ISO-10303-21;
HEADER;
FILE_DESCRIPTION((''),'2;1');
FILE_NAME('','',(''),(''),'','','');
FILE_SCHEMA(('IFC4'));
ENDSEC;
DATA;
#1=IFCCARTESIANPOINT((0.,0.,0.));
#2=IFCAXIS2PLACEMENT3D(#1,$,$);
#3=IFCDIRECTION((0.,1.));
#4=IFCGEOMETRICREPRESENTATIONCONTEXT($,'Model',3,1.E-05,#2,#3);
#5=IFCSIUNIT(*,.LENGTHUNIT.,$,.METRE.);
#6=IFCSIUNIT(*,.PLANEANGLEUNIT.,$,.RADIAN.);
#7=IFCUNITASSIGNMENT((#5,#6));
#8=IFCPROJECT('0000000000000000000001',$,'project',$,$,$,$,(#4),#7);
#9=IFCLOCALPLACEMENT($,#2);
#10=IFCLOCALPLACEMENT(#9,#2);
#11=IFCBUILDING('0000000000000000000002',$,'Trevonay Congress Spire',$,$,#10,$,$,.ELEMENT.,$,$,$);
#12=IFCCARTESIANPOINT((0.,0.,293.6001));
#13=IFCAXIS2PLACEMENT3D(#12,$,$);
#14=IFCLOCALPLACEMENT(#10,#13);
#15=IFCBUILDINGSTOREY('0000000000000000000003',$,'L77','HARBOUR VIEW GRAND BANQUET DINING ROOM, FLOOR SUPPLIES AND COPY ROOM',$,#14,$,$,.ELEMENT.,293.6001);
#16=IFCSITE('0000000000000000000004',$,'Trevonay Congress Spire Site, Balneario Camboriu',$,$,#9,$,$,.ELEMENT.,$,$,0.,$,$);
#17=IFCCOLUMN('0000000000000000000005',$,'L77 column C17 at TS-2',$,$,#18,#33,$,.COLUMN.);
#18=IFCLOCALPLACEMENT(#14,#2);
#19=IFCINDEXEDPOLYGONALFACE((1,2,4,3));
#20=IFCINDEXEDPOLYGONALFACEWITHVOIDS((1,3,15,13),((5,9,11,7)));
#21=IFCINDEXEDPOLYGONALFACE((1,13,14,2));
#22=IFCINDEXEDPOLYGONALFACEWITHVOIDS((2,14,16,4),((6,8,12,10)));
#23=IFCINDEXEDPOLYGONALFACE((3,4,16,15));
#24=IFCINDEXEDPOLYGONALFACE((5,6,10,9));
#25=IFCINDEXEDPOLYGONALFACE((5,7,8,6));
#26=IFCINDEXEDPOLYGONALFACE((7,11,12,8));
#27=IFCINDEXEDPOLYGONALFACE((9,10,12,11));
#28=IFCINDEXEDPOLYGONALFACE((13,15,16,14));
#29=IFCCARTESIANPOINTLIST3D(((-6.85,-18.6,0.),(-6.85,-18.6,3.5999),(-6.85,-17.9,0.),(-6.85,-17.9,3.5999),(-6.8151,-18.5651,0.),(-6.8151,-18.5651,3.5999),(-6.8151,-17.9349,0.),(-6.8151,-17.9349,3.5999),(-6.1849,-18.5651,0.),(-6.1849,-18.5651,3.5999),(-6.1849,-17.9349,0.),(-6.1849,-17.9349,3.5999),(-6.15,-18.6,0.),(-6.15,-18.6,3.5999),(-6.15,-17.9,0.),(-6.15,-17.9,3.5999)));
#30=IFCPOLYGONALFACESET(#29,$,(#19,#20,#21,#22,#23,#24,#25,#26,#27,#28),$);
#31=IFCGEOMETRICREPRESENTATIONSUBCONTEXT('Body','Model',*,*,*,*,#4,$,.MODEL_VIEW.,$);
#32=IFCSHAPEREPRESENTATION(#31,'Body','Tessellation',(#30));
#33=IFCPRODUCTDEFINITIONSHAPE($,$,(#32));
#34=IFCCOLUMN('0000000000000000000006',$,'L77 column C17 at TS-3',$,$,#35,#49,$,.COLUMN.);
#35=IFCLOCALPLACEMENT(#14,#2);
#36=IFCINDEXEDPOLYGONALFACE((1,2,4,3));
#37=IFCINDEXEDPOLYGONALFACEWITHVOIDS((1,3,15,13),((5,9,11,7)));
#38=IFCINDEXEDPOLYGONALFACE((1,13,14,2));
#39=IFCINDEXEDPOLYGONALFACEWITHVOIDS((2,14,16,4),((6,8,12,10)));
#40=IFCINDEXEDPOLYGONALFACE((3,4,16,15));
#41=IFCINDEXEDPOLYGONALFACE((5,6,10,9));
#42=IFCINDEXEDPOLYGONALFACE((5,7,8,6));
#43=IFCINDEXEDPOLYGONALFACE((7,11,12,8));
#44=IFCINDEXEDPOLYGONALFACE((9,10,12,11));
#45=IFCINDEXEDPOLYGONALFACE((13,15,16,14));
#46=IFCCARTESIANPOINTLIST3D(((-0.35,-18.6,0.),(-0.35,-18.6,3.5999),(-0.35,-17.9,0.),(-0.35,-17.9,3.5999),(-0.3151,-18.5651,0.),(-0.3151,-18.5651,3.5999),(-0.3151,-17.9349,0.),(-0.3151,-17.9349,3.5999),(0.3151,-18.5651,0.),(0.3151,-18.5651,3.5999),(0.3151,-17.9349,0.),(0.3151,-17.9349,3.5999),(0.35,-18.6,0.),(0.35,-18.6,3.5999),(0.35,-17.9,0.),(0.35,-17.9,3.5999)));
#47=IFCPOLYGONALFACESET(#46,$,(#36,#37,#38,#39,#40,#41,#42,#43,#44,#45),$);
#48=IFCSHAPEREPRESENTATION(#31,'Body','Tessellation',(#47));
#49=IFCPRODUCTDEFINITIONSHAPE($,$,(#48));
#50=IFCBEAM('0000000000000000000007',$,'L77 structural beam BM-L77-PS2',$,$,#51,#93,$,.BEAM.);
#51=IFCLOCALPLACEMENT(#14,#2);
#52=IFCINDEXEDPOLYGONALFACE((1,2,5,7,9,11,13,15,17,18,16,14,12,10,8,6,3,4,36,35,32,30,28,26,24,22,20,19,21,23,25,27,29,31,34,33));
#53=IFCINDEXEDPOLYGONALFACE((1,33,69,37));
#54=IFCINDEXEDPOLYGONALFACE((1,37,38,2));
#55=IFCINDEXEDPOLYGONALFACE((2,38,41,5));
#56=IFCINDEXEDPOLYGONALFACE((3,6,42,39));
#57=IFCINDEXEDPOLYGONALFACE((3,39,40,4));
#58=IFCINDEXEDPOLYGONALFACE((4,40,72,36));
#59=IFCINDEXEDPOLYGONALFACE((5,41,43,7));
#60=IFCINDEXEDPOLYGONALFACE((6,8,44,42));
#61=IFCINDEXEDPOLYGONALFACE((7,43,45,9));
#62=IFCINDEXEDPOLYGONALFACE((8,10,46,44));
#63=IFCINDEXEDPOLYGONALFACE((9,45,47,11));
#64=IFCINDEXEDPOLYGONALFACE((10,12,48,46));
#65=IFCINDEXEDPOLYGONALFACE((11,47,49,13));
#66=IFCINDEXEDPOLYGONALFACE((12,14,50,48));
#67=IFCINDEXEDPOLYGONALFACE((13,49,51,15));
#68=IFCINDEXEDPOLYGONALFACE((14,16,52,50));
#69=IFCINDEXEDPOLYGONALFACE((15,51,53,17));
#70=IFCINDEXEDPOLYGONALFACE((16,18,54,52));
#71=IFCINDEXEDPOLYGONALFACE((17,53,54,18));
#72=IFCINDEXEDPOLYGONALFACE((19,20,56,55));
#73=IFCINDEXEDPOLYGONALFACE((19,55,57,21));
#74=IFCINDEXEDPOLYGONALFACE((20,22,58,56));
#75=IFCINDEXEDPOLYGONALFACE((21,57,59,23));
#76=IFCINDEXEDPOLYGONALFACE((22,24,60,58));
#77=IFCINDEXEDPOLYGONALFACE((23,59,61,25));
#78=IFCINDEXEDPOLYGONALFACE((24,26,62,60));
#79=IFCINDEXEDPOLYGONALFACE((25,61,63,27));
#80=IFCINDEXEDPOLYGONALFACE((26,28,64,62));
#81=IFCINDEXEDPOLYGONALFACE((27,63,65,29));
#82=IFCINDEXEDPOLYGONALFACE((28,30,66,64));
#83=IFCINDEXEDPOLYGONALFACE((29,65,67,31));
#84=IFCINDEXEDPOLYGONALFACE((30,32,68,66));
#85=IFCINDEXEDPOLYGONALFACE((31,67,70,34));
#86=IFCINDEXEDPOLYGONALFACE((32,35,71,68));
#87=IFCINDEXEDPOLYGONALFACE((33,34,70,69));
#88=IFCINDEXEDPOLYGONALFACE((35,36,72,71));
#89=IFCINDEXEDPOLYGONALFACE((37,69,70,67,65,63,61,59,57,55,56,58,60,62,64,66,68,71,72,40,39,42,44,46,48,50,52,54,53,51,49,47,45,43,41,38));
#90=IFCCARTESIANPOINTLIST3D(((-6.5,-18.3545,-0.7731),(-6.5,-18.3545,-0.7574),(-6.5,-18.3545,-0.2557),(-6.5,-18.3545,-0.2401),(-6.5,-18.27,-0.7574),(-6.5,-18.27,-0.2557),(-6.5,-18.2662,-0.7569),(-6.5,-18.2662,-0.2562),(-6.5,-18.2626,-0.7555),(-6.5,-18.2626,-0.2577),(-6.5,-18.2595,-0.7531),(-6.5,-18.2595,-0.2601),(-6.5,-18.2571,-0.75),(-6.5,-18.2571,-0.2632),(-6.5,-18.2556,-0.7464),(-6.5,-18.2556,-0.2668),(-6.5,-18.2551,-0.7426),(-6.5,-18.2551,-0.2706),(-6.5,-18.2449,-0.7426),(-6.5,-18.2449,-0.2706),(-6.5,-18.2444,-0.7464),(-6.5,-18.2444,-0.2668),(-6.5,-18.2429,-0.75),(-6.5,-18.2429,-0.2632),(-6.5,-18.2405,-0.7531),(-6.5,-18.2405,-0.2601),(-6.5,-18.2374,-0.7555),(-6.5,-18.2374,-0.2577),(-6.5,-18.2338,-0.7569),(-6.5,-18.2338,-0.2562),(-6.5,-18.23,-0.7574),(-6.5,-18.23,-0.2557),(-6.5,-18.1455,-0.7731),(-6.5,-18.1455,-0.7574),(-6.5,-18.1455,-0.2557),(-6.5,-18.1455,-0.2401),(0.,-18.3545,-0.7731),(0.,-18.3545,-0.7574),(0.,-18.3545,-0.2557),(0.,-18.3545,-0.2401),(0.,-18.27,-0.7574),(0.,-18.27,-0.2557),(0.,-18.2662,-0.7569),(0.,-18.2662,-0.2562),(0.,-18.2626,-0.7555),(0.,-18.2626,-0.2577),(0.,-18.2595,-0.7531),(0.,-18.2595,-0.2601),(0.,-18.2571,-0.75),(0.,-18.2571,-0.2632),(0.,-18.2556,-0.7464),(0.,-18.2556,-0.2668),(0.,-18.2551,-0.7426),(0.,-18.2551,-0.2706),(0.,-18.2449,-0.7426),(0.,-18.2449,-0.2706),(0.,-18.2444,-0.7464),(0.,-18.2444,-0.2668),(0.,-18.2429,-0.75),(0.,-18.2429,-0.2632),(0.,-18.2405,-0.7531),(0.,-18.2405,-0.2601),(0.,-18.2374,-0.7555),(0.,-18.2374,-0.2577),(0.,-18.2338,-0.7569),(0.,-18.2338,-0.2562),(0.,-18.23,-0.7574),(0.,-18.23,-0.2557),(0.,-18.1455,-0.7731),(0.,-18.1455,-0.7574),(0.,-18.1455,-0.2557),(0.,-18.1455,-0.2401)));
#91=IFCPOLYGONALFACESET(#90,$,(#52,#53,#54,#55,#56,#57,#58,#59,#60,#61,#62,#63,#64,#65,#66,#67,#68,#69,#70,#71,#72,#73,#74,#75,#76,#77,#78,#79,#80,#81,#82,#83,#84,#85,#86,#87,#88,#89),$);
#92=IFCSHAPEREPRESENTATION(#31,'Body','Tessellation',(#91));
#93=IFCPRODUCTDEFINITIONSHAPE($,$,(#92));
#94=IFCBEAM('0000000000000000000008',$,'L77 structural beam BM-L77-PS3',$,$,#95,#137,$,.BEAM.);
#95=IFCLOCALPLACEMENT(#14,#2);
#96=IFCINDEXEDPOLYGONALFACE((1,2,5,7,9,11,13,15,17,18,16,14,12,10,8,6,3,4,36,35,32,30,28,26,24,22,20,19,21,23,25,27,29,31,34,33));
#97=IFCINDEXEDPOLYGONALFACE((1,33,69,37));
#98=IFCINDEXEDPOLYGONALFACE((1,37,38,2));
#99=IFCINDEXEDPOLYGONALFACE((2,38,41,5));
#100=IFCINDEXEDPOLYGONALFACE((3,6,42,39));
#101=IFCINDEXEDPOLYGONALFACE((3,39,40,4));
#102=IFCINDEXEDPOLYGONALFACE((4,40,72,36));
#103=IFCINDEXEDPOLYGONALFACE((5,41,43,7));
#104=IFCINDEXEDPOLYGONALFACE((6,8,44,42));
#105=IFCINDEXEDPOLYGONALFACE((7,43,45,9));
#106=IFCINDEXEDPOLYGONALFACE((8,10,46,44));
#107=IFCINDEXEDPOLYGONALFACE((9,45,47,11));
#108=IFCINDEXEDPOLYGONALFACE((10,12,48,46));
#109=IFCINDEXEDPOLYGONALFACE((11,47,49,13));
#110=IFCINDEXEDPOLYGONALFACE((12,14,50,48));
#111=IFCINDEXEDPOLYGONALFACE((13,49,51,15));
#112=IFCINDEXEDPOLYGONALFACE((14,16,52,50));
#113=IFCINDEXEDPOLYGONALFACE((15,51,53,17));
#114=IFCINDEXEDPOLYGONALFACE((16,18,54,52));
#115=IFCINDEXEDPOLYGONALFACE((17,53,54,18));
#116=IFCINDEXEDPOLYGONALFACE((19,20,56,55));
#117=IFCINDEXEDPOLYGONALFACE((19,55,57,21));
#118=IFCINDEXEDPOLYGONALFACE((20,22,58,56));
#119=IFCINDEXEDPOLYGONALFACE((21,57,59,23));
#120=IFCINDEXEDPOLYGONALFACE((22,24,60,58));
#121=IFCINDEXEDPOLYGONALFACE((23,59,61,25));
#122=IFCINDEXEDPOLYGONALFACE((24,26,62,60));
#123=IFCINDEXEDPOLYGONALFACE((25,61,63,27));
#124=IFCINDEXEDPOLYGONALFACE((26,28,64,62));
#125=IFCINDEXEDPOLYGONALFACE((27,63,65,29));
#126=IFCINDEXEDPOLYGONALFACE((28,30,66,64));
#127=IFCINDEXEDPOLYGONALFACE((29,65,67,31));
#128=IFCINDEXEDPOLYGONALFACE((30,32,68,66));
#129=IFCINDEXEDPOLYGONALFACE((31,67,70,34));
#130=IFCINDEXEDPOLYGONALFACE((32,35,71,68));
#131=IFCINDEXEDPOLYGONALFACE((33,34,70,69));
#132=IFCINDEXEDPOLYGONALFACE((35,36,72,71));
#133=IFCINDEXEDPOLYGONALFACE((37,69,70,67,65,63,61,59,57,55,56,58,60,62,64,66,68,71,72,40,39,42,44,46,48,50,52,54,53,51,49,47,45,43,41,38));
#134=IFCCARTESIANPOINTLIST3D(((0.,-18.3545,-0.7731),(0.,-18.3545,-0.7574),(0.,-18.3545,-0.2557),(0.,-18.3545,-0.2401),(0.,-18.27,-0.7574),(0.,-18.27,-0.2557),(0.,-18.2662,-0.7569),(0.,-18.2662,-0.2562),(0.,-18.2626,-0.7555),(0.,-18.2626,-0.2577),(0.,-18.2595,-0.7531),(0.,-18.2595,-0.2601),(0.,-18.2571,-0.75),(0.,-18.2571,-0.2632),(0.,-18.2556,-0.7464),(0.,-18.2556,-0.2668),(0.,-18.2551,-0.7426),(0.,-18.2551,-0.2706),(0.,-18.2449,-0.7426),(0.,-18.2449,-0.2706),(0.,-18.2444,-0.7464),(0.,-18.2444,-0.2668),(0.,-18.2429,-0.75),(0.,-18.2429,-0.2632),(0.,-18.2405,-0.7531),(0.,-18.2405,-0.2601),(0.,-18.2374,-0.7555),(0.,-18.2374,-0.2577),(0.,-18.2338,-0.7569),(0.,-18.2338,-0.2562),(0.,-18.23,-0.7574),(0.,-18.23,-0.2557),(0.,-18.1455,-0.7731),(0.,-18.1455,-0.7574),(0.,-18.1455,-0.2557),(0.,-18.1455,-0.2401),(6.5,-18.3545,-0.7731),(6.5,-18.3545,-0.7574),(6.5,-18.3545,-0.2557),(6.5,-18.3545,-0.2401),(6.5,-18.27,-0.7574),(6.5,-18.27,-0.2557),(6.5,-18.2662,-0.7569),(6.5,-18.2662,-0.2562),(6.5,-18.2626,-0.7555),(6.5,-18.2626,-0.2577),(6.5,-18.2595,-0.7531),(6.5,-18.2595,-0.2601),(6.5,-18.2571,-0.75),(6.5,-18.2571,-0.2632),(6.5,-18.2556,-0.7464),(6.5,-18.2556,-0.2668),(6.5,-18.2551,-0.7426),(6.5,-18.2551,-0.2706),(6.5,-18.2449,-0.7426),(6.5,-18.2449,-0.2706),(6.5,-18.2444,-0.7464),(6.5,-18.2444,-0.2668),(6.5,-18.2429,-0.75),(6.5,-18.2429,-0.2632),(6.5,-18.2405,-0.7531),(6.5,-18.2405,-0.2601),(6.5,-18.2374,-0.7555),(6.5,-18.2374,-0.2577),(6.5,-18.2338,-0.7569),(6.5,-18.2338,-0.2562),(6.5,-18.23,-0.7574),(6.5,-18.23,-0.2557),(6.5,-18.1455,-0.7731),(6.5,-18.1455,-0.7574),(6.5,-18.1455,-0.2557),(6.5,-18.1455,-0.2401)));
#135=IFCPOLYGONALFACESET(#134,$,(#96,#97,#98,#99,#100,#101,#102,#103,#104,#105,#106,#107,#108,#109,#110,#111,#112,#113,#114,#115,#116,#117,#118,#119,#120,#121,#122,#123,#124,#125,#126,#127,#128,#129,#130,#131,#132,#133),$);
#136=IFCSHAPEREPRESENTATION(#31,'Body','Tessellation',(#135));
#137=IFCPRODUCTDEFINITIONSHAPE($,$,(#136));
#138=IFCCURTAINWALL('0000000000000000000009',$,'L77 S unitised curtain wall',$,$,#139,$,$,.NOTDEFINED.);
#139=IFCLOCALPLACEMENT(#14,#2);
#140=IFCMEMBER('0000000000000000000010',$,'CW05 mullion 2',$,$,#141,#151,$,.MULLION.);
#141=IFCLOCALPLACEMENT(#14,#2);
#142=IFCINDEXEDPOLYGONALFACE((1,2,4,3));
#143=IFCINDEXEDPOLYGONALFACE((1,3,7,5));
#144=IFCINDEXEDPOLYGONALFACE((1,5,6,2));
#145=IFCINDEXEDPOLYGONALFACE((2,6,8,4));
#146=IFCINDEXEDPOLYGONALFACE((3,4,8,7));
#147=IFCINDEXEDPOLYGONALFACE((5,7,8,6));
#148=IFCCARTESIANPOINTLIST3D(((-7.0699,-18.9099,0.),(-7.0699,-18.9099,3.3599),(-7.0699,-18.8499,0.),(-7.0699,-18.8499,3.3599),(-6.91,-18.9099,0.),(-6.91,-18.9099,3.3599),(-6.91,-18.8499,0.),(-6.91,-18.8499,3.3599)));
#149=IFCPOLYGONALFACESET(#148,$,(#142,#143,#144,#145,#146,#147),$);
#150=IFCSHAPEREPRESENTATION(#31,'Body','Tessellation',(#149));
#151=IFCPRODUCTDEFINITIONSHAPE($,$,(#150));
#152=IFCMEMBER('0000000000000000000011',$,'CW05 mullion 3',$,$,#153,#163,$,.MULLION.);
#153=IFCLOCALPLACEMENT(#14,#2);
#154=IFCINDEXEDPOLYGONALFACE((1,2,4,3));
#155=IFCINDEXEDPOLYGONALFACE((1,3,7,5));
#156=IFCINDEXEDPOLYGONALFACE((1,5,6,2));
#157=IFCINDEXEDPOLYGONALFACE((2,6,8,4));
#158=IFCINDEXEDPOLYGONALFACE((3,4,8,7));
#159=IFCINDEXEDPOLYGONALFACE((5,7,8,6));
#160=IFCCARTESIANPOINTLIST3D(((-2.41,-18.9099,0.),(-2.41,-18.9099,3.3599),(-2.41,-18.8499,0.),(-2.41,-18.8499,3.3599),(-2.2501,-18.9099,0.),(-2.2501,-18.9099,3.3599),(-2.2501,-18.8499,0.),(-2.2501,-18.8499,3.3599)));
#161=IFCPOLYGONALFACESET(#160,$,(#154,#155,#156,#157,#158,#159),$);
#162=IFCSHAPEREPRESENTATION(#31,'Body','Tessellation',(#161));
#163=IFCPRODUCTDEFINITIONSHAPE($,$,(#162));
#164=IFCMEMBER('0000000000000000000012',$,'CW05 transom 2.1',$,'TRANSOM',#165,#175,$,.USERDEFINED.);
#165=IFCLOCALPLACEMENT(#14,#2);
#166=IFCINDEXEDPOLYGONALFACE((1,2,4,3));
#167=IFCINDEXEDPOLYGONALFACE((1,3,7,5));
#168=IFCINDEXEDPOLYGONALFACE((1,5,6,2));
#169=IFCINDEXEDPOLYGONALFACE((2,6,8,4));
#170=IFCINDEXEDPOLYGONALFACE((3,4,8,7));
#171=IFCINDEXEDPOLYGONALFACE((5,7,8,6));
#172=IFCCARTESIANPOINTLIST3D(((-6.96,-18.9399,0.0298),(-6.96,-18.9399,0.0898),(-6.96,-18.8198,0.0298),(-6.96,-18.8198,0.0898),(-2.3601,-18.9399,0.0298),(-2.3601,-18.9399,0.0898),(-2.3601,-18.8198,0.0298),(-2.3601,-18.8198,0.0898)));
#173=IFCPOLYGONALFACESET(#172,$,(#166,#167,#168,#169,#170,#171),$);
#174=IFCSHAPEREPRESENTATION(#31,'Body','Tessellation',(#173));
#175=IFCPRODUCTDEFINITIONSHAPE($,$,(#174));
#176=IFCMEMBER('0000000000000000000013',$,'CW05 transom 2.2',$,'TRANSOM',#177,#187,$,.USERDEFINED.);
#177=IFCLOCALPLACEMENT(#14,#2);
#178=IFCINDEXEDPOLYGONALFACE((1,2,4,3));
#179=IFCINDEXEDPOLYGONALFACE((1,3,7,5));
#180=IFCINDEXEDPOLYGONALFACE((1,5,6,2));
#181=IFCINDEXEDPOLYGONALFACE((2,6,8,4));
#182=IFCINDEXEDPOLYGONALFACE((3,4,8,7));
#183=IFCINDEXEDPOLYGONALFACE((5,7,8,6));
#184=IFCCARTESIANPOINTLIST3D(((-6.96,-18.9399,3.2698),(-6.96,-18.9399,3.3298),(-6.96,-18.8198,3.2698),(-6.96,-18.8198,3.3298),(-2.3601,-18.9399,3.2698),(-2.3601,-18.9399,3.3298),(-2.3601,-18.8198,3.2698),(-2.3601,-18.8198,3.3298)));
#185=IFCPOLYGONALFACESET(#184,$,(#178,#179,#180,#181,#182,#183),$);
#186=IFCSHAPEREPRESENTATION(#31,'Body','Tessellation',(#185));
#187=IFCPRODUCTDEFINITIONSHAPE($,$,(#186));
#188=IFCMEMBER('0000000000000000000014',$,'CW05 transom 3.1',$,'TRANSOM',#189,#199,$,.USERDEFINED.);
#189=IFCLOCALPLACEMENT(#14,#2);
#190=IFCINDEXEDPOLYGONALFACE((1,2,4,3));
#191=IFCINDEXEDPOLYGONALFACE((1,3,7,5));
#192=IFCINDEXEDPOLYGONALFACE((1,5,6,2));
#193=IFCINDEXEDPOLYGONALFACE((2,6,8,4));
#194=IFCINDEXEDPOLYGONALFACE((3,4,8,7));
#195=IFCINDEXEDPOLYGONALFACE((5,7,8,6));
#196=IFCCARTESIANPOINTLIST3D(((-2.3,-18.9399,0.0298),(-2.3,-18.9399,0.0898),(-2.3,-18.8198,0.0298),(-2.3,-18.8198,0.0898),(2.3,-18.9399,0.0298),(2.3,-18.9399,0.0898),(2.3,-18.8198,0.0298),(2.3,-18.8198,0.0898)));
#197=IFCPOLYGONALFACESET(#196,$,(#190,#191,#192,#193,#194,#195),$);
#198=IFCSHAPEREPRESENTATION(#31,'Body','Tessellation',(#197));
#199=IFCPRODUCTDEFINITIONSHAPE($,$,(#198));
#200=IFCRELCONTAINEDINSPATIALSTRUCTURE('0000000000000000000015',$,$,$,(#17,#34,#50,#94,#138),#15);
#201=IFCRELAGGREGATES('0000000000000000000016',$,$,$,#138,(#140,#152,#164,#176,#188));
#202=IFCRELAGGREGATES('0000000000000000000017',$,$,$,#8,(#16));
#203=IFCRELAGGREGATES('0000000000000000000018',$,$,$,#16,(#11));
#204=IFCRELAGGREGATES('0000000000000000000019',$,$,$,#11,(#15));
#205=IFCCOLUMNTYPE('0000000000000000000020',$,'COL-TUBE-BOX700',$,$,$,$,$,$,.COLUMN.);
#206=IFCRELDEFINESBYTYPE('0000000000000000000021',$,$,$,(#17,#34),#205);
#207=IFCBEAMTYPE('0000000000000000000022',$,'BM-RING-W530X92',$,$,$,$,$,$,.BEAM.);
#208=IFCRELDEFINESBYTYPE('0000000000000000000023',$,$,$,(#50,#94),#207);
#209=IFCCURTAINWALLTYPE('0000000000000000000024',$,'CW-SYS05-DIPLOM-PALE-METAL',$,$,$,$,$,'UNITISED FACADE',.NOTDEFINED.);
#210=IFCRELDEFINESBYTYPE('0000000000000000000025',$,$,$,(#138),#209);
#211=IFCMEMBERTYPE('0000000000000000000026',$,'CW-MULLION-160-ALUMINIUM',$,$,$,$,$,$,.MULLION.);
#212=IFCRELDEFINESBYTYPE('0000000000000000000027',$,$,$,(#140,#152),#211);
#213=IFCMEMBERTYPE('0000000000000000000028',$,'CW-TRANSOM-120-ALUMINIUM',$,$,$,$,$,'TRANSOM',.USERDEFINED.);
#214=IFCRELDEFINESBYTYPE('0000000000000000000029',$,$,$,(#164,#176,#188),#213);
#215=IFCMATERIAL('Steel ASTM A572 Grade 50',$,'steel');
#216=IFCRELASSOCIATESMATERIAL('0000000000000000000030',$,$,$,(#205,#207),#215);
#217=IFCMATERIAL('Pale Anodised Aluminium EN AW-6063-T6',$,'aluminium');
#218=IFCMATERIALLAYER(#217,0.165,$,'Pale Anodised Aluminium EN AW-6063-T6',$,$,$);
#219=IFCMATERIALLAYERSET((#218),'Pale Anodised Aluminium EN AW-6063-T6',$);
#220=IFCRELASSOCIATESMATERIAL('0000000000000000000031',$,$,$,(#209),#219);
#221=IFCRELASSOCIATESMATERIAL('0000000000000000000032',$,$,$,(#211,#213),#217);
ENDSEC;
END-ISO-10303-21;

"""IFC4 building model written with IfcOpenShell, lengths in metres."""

from ifc_helpers import new_model, si_unit, direction, frame, origin, origin_2d, place, context, subcontext, project, spatial, rectangle, hollow_rectangle, i_section, extrude, material, layer, layer_set, material_profile, profile_set, type_object, element, aggregate, save


model = new_model("IFC4")

# Units and contexts
model_context = context("Model", 3, precision=1e-05, world=origin(), true_north=direction((0.0, 1.0)))
body_context = subcontext(model_context, "Body", "Model", "MODEL_VIEW")
ifc_project = project(units=[si_unit("LENGTHUNIT", "METRE"), si_unit("PLANEANGLEUNIT", "RADIAN")], contexts=[model_context])

# Site, building, storey
site_placement = place(None, origin())
site = spatial("IfcSite", under=ifc_project, at=site_placement, Name="Trevonay Congress Spire Site, Balneario Camboriu", CompositionType="ELEMENT", RefElevation=0.0)
building_placement = place(site_placement, origin())
building = spatial("IfcBuilding", under=site, at=building_placement, Name="Trevonay Congress Spire", CompositionType="ELEMENT")
storey_placement = place(building_placement, frame((0.0, 0.0, 293.6001)))
storey = spatial("IfcBuildingStorey", under=building, at=storey_placement, Name="L77", Description="HARBOUR VIEW GRAND BANQUET DINING ROOM, FLOOR SUPPLIES AND COPY ROOM", CompositionType="ELEMENT", Elevation=293.6001)

# Columns
ifc_material_1 = material(Name="Steel ASTM A572 Grade 50", Category="steel")
ifc_material_profile_1 = material_profile(ifc_material_1, hollow_rectangle(XDim=0.7, YDim=0.7, WallThickness=0.0349, at=origin_2d()), Name="BOX 700x700x35")
ifc_profile_set_1 = profile_set([ifc_material_profile_1], Name="Steel ASTM A572 Grade 50")
column_type = type_object("IfcColumnType", Name="COL-TUBE-BOX700", PredefinedType="COLUMN", material=ifc_profile_set_1)
for number, where, z_axis, x_axis, name in (
    (1, (-6.5, -18.25, 0.0), (0.0, 0.0, 1.0), (1.0, 0.0, 0.0), "L77 column C17 at TS-2"),
    (2, (0.0, -18.25, 0.0), (0.0, 0.0, 1.0), (1.0, 0.0, 0.0), "L77 column C17 at TS-3"),
):
    element("IfcColumn", number, at=place(storey_placement, frame(where, z_axis=z_axis, x_axis=x_axis)), inside=storey, type_object=column_type, Name=name, PredefinedType="COLUMN", context=body_context, shape_type="SweptSolid", body=[
        extrude(hollow_rectangle(XDim=0.7, YDim=0.7, WallThickness=0.0349, at=origin_2d()), origin(), (0.0, 0.0, 1.0), 3.5999),
    ])

# Beams
ifc_material_profile_2 = material_profile(ifc_material_1, i_section(OverallWidth=0.209, OverallDepth=0.533, WebThickness=0.0103, FlangeThickness=0.0156, FilletRadius=0.0149, at=origin_2d()), Name="W530x92")
ifc_profile_set_2 = profile_set([ifc_material_profile_2], Name="Steel ASTM A572 Grade 50")
beam_type_1 = type_object("IfcBeamType", Name="BM-RING-W530X92", PredefinedType="BEAM", material=ifc_profile_set_2)
for number, where, z_axis, x_axis, name in (
    (3, (-6.5, -18.25, -0.5066), (1.0, 0.0, 0.0), (0.0, 1.0, 0.0), "L77 structural beam BM-L77-PS2"),
    (4, (0.0, -18.25, -0.5066), (1.0, 0.0, 0.0), (0.0, 1.0, 0.0), "L77 structural beam BM-L77-PS3"),
):
    element("IfcBeam", number, at=place(storey_placement, frame(where, z_axis=z_axis, x_axis=x_axis)), inside=storey, type_object=beam_type_1, Name=name, PredefinedType="BEAM", context=body_context, shape_type="SweptSolid", body=[
        extrude(i_section(OverallWidth=0.209, OverallDepth=0.533, WebThickness=0.0103, FlangeThickness=0.0156, FilletRadius=0.0149, at=origin_2d()), origin(), (0.0, 0.0, 1.0), 6.5),
    ])

# Curtain wall, members
ifc_material_2 = material(Name="Pale Anodised Aluminium EN AW-6063-T6", Category="aluminium")
ifc_layer_1 = layer(ifc_material_2, 0.165, Name="Pale Anodised Aluminium EN AW-6063-T6")
ifc_layer_set_1 = layer_set([ifc_layer_1], Name="Pale Anodised Aluminium EN AW-6063-T6")
curtain_wall_type = type_object("IfcCurtainWallType", Name="CW-SYS05-DIPLOM-PALE-METAL", ElementType="UNITISED FACADE", PredefinedType="NOTDEFINED", material=ifc_layer_set_1)
curtain_wall_placement = place(storey_placement, origin())
curtain_wall = element("IfcCurtainWall", 5, at=curtain_wall_placement, inside=storey, type_object=curtain_wall_type, Name="L77 S unitised curtain wall", PredefinedType="NOTDEFINED")
ifc_material_profile_3 = material_profile(ifc_material_2, rectangle(XDim=0.0601, YDim=0.1599, at=origin_2d()), Name="CW-MULLION-160-ALUMINIUM")
ifc_profile_set_3 = profile_set([ifc_material_profile_3], Name="Pale Anodised Aluminium EN AW-6063-T6")
member_type_1 = type_object("IfcMemberType", Name="CW-MULLION-160-ALUMINIUM", PredefinedType="MULLION", material=ifc_profile_set_3)
member_1_placement = place(storey_placement, frame((-6.99, -18.8799, 0.0), z_axis=(0.0, 0.0, 1.0), x_axis=(0.0, 1.0, 0.0)))
member_1 = element("IfcMember", 6, at=member_1_placement, type_object=member_type_1, Name="CW05 mullion 2", PredefinedType="MULLION", context=body_context, shape_type="SweptSolid", body=[
    extrude(rectangle(XDim=0.0601, YDim=0.1599, at=origin_2d()), origin(), (0.0, 0.0, 1.0), 3.3599),
])
member_2_placement = place(storey_placement, frame((-2.3301, -18.8799, 0.0), z_axis=(0.0, 0.0, 1.0), x_axis=(0.0, 1.0, 0.0)))
member_2 = element("IfcMember", 7, at=member_2_placement, type_object=member_type_1, Name="CW05 mullion 3", PredefinedType="MULLION", context=body_context, shape_type="SweptSolid", body=[
    extrude(rectangle(XDim=0.0601, YDim=0.1599, at=origin_2d()), origin(), (0.0, 0.0, 1.0), 3.3599),
])
ifc_material_profile_4 = material_profile(ifc_material_2, rectangle(XDim=0.1201, YDim=0.0601, at=origin_2d()), Name="CW-TRANSOM-120-ALUMINIUM")
ifc_profile_set_4 = profile_set([ifc_material_profile_4], Name="Pale Anodised Aluminium EN AW-6063-T6")
member_type_2 = type_object("IfcMemberType", Name="CW-TRANSOM-120-ALUMINIUM", ElementType="TRANSOM", PredefinedType="USERDEFINED", material=ifc_profile_set_4)
member_3_placement = place(storey_placement, frame((-6.96, -18.8799, 0.0598), z_axis=(1.0, 0.0, 0.0), x_axis=(0.0, 1.0, 0.0)))
member_3 = element("IfcMember", 8, at=member_3_placement, type_object=member_type_2, Name="CW05 transom 2.1", ObjectType="TRANSOM", PredefinedType="USERDEFINED", context=body_context, shape_type="SweptSolid", body=[
    extrude(rectangle(XDim=0.1201, YDim=0.0601, at=origin_2d()), origin(), (0.0, 0.0, 1.0), 4.5999),
])
member_4_placement = place(storey_placement, frame((-6.96, -18.8799, 3.2998), z_axis=(1.0, 0.0, 0.0), x_axis=(0.0, 1.0, 0.0)))
member_4 = element("IfcMember", 9, at=member_4_placement, type_object=member_type_2, Name="CW05 transom 2.2", ObjectType="TRANSOM", PredefinedType="USERDEFINED", context=body_context, shape_type="SweptSolid", body=[
    extrude(rectangle(XDim=0.1201, YDim=0.0601, at=origin_2d()), origin(), (0.0, 0.0, 1.0), 4.5999),
])
member_5_placement = place(storey_placement, frame((-2.3, -18.8799, 0.0598), z_axis=(1.0, 0.0, 0.0), x_axis=(0.0, 1.0, 0.0)))
member_5 = element("IfcMember", 10, at=member_5_placement, type_object=member_type_2, Name="CW05 transom 3.1", ObjectType="TRANSOM", PredefinedType="USERDEFINED", context=body_context, shape_type="SweptSolid", body=[
    extrude(rectangle(XDim=0.1201, YDim=0.0601, at=origin_2d()), origin(), (0.0, 0.0, 1.0), 4.6001),
])

aggregate(curtain_wall, [member_1, member_2, member_3, member_4, member_5])

save(model, "model.ifc")
